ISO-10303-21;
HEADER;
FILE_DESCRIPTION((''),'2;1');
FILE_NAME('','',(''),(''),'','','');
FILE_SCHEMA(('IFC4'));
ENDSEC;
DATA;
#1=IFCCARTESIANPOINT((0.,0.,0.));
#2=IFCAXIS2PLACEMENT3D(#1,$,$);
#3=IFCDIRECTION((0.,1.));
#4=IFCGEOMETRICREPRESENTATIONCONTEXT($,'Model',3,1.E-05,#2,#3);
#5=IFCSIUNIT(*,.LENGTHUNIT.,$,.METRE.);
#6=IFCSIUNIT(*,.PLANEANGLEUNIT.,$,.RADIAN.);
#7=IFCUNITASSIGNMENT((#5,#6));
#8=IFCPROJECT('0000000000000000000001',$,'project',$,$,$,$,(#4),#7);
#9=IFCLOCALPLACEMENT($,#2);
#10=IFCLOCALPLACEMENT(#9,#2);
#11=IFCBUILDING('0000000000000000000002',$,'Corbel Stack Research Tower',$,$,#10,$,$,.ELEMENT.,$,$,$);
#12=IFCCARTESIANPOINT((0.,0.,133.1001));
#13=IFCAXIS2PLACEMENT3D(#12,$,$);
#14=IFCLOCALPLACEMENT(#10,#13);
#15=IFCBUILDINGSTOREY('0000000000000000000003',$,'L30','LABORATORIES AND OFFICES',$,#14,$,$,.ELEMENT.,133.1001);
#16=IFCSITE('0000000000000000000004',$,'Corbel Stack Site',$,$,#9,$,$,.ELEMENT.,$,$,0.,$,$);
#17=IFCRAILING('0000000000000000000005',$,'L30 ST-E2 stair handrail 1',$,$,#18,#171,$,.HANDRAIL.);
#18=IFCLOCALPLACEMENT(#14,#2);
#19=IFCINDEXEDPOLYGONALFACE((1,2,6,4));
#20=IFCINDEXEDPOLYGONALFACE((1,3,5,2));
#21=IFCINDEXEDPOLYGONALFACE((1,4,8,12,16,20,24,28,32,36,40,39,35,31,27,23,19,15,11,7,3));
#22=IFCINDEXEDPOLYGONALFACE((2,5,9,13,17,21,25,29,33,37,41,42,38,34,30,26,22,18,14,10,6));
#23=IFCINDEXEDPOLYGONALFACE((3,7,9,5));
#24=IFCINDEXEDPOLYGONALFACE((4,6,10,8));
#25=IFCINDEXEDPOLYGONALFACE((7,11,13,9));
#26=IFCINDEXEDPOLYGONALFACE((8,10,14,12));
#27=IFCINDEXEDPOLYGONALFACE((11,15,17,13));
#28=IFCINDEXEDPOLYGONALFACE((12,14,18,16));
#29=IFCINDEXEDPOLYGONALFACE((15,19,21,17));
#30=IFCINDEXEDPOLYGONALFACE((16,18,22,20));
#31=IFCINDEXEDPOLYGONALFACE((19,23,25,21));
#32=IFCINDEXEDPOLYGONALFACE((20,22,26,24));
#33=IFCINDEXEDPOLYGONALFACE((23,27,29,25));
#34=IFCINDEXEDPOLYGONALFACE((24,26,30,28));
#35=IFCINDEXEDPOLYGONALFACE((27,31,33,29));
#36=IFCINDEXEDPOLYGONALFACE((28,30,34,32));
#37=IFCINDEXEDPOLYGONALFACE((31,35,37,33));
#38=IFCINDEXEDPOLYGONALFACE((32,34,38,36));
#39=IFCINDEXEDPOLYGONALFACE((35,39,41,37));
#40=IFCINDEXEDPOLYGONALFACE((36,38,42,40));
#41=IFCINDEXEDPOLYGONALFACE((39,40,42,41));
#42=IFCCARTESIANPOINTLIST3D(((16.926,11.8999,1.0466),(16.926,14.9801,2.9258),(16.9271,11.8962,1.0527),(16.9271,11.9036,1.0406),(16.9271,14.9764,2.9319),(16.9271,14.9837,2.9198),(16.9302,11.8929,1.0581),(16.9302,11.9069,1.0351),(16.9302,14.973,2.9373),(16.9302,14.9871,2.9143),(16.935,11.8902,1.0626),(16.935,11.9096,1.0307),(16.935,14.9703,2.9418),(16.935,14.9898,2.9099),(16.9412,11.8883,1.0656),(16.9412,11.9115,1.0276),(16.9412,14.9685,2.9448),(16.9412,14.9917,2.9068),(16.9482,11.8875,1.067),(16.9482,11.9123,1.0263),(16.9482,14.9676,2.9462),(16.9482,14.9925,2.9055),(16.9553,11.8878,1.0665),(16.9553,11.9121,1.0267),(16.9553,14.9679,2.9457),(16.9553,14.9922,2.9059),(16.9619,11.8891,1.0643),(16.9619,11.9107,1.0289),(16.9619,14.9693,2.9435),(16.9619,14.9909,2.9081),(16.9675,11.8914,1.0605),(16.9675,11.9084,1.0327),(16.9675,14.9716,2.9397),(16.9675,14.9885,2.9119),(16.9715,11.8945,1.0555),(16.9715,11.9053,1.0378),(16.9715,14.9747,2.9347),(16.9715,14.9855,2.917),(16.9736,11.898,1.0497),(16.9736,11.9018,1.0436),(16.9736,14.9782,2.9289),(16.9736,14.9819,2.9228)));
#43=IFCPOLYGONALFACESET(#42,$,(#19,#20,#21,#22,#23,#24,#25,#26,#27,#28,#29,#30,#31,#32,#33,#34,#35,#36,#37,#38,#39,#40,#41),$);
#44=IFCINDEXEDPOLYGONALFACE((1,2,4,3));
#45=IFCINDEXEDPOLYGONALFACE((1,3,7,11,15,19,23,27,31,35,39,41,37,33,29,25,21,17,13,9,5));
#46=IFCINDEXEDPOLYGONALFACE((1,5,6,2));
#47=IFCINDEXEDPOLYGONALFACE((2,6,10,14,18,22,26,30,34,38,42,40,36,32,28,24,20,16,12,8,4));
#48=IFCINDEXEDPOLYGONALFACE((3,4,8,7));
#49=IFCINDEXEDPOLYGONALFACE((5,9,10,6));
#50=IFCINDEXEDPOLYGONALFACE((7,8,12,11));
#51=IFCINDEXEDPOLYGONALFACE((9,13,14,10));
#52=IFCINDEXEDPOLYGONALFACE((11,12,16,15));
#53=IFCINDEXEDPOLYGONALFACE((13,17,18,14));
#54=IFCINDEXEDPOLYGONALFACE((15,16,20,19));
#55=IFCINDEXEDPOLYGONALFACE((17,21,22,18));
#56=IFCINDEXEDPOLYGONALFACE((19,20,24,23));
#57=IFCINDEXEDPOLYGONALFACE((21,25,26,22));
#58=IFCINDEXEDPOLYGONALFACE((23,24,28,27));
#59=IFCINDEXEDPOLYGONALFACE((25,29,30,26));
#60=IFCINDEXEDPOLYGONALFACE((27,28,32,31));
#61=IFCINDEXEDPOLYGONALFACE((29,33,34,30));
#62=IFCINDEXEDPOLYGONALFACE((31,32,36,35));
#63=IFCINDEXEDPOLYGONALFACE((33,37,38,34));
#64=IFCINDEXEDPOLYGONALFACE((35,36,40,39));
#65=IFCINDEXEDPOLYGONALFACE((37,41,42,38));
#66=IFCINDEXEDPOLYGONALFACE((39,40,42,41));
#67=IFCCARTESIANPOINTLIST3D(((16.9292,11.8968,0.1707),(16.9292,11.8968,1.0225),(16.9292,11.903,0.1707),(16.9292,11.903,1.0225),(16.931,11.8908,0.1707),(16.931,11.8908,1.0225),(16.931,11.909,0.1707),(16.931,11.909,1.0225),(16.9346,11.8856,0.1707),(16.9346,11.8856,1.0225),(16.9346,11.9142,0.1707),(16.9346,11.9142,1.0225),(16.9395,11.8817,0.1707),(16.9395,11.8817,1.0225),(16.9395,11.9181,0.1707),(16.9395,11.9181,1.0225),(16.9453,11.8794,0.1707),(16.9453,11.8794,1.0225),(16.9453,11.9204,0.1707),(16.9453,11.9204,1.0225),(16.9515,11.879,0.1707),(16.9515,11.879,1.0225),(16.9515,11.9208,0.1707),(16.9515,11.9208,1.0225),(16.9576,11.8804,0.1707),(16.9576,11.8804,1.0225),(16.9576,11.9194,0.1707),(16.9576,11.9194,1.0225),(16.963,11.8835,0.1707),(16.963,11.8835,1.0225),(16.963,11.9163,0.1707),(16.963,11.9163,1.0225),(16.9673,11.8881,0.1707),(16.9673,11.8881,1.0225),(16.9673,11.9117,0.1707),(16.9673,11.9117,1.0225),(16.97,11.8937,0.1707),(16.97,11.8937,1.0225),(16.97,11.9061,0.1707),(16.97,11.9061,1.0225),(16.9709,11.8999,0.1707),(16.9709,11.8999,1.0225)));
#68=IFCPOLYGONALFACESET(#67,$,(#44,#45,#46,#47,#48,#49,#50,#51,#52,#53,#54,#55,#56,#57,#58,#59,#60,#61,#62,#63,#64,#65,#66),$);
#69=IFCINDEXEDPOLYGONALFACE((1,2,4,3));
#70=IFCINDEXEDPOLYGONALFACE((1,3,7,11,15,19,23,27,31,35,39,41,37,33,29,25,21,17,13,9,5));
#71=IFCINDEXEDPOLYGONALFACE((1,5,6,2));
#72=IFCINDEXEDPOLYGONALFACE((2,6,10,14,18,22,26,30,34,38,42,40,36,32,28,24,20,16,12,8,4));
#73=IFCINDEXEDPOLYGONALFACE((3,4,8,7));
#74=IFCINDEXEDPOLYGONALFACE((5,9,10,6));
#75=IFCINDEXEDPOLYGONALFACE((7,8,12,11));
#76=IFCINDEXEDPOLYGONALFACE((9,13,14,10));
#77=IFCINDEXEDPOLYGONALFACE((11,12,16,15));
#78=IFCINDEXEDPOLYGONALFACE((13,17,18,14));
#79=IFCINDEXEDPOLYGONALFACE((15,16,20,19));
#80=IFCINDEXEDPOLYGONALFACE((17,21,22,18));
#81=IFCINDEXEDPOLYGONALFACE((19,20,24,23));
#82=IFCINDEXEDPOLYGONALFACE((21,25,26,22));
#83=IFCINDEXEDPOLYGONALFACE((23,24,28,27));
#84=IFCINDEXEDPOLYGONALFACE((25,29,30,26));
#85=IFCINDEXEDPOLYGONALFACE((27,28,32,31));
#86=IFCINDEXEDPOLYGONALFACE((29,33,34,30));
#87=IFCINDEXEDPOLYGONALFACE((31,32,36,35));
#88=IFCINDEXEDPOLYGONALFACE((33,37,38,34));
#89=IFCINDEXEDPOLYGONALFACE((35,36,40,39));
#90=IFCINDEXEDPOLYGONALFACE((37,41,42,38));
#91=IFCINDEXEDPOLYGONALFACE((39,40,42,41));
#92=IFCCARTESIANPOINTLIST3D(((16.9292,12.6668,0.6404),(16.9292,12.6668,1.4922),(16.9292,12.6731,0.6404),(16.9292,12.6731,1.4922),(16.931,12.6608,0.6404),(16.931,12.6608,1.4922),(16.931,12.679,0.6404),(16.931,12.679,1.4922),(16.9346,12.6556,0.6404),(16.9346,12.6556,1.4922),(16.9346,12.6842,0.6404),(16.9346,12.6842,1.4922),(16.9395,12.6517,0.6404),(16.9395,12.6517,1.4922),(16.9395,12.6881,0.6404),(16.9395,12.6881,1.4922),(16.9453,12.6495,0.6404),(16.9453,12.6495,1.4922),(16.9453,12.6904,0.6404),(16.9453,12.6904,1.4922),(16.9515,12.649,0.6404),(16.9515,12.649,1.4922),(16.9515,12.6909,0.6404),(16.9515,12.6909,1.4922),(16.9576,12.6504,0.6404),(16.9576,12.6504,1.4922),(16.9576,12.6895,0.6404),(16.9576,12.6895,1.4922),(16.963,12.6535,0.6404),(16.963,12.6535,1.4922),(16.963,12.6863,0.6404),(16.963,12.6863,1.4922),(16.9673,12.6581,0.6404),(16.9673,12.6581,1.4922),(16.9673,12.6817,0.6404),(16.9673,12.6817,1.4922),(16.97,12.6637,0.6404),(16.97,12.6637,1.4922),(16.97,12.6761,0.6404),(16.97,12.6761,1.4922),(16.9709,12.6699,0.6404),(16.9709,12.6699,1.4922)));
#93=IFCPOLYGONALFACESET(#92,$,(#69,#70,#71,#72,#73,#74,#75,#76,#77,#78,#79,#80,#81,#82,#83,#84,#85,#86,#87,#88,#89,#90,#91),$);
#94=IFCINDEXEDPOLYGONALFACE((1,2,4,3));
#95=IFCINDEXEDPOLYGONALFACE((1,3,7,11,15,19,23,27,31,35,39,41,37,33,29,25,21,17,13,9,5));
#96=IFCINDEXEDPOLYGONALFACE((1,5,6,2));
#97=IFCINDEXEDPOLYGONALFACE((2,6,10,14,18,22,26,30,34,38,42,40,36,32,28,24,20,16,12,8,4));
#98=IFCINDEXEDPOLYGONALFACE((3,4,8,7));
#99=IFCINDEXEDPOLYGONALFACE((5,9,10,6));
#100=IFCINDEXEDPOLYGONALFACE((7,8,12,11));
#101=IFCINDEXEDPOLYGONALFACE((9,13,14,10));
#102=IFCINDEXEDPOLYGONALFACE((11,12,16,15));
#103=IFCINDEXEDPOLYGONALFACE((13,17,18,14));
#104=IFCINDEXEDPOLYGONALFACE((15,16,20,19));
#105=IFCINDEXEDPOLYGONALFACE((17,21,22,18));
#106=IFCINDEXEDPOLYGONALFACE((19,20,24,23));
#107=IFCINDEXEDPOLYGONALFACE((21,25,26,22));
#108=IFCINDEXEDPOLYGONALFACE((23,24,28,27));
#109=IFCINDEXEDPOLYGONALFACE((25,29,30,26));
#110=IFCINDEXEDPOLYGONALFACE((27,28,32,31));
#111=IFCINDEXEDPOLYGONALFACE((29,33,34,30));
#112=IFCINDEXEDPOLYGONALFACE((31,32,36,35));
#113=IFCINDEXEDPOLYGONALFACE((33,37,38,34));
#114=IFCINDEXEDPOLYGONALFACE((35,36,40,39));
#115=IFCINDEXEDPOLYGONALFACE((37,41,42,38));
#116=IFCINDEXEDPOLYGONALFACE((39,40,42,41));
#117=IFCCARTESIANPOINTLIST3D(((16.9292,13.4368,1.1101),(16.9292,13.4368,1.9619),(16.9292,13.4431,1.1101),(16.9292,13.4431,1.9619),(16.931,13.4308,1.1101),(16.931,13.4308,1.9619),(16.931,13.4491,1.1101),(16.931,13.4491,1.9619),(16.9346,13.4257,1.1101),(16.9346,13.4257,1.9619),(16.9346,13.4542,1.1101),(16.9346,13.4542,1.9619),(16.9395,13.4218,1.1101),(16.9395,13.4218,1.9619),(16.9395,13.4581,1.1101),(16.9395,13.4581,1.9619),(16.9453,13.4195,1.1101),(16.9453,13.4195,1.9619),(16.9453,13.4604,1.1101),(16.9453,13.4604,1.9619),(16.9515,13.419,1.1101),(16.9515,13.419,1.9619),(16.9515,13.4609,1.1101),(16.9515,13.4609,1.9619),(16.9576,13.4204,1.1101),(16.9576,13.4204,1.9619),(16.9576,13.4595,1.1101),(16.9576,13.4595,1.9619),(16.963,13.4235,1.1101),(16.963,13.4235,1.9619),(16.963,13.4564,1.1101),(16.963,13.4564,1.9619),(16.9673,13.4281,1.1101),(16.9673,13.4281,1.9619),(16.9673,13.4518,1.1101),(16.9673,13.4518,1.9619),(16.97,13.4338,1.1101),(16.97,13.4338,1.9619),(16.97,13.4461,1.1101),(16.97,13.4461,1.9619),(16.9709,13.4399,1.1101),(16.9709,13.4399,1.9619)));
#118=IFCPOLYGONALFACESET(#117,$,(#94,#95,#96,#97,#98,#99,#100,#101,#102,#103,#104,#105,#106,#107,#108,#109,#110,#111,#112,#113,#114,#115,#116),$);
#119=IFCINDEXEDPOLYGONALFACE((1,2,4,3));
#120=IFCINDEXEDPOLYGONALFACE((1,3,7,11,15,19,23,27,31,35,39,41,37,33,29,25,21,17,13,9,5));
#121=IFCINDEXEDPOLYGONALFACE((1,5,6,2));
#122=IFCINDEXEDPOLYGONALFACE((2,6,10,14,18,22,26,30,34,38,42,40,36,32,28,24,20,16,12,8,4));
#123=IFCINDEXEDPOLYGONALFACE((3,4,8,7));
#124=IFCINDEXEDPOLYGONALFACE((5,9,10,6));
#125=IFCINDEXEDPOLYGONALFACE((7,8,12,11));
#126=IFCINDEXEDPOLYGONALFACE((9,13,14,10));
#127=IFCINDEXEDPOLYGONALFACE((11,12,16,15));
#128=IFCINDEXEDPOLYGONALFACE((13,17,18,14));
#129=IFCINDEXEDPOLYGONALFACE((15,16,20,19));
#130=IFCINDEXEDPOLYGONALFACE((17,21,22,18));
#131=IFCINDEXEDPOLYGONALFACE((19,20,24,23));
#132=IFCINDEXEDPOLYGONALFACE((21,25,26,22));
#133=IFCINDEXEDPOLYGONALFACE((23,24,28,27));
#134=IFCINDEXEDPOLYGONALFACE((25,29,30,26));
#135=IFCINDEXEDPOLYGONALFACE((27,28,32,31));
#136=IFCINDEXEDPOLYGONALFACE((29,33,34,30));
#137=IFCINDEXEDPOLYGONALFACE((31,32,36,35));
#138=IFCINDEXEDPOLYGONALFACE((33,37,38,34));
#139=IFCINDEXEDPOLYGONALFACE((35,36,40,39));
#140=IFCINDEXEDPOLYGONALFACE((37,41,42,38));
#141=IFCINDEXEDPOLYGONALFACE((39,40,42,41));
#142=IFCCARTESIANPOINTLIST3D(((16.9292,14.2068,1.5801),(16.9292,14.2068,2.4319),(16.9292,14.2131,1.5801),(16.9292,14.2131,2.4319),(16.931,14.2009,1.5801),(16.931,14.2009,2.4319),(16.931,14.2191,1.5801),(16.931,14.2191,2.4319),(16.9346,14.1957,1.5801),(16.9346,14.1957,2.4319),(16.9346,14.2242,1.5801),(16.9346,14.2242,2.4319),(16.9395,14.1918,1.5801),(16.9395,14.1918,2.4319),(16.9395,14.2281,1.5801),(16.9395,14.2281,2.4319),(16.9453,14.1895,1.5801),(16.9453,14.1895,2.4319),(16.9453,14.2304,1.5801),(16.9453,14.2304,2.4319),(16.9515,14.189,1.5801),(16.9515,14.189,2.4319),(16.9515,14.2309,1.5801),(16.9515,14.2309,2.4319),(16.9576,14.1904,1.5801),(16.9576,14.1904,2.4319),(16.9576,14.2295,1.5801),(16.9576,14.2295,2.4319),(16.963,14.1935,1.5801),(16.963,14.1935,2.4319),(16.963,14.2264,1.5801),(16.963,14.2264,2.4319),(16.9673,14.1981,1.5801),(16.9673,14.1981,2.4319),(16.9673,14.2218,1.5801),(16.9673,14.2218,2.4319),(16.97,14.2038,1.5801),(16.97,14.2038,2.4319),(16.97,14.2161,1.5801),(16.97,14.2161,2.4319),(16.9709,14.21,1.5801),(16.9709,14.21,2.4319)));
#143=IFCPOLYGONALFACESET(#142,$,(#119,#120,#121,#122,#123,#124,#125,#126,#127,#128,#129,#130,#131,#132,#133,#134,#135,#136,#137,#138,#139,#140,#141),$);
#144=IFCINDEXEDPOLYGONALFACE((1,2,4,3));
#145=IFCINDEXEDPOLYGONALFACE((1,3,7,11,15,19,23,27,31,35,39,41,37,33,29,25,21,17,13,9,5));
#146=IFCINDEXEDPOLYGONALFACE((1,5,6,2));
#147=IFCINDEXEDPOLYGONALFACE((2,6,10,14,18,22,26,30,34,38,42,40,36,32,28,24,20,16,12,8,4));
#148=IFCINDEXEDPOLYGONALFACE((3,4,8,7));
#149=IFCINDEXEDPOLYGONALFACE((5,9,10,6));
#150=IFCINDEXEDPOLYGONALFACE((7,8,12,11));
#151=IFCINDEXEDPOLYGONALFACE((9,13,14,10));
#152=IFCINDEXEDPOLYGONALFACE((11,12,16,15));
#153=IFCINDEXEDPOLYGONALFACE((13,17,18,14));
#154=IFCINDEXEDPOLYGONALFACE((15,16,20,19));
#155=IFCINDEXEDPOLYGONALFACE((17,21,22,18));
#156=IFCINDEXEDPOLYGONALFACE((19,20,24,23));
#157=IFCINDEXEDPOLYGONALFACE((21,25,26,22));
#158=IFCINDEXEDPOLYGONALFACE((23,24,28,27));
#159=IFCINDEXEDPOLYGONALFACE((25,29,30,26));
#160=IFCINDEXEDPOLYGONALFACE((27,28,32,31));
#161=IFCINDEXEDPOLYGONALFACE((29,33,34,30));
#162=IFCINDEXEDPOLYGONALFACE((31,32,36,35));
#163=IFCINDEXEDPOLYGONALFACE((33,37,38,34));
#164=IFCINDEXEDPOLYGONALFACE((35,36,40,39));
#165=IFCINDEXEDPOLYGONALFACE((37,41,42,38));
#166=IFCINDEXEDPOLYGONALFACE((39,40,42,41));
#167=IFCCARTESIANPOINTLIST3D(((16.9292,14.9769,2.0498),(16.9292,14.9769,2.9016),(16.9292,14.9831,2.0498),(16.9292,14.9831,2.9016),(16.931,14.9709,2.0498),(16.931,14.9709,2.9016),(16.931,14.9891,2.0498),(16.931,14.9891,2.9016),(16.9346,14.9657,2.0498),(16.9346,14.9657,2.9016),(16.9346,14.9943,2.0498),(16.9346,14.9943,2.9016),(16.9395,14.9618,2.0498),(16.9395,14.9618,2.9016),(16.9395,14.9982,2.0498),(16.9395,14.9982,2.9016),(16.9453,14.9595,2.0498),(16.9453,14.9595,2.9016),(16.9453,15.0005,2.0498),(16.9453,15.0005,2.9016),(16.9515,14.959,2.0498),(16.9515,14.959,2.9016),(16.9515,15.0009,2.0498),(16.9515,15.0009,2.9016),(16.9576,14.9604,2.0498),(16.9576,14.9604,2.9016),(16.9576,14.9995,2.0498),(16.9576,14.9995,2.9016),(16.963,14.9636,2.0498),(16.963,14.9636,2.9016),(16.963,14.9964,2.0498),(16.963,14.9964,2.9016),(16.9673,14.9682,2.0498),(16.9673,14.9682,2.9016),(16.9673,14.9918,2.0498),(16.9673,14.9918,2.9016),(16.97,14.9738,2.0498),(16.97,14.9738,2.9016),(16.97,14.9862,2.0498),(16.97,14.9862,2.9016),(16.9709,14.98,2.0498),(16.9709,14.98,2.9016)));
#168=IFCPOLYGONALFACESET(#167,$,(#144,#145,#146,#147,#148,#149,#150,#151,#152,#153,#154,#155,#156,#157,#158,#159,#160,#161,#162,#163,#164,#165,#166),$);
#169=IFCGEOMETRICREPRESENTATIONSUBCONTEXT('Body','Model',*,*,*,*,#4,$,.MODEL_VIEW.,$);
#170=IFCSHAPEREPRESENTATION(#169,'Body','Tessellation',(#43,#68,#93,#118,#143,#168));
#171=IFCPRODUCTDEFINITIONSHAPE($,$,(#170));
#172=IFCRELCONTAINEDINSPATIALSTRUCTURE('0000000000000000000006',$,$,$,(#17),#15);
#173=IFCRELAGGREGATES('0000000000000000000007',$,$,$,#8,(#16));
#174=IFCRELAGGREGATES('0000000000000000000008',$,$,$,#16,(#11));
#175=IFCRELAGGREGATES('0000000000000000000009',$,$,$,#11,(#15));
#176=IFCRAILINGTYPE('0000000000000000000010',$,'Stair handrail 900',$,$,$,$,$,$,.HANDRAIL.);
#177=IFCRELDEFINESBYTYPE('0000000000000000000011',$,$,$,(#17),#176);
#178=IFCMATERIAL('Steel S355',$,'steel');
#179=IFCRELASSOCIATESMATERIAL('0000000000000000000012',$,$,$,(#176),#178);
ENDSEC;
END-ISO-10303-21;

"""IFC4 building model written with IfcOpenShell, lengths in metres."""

from ifc_helpers import new_model, si_unit, direction, frame, origin, origin_2d, place, context, subcontext, project, spatial, circle, extrude, material, type_object, element, save


model = new_model("IFC4")

# Units and contexts
model_context = context("Model", 3, precision=1e-05, world=origin(), true_north=direction((0.0, 1.0)))
body_context = subcontext(model_context, "Body", "Model", "MODEL_VIEW")
ifc_project = project(units=[si_unit("LENGTHUNIT", "METRE"), si_unit("PLANEANGLEUNIT", "RADIAN")], contexts=[model_context])

# Site, building, storey
site_placement = place(None, origin())
site = spatial("IfcSite", under=ifc_project, at=site_placement, Name="Corbel Stack Site", CompositionType="ELEMENT", RefElevation=0.0)
building_placement = place(site_placement, origin())
building = spatial("IfcBuilding", under=site, at=building_placement, Name="Corbel Stack Research Tower", CompositionType="ELEMENT")
storey_placement = place(building_placement, frame((0.0, 0.0, 133.1001)))
storey = spatial("IfcBuildingStorey", under=building, at=storey_placement, Name="L30", Description="LABORATORIES AND OFFICES", CompositionType="ELEMENT", Elevation=133.1001)

# Railing
ifc_material_1 = material(Name="Steel S355", Category="steel")
railing_type_1 = type_object("IfcRailingType", Name="Stair handrail 900", PredefinedType="HANDRAIL", material=ifc_material_1)
railing_1_placement = place(storey_placement, frame((16.95, 11.8999, 0.1707)))
element("IfcRailing", 1, at=railing_1_placement, inside=storey, type_object=railing_type_1, Name="L30 ST-E2 stair handrail 1", PredefinedType="HANDRAIL", context=body_context, shape_type="SweptSolid", body=[
    extrude(circle(Radius=0.0239, at=origin_2d()), frame((0.0, 0.0, 0.876), z_axis=(0.0, 0.853666, 0.52082), x_axis=(-1.0, 0.0, 0.0)), (0.0, 0.0, 1.0), 3.6082),
    extrude(circle(Radius=0.021, at=origin_2d()), origin(), (0.0, 0.0, 1.0), 0.8518),
    extrude(circle(Radius=0.021, at=origin_2d()), frame((0.0, 0.77, 0.4697)), (0.0, 0.0, 1.0), 0.8518),
    extrude(circle(Radius=0.021, at=origin_2d()), frame((0.0, 1.54, 0.9395)), (0.0, 0.0, 1.0), 0.8518),
    extrude(circle(Radius=0.021, at=origin_2d()), frame((0.0, 2.3101, 1.4094)), (0.0, 0.0, 1.0), 0.8518),
    extrude(circle(Radius=0.021, at=origin_2d()), frame((0.0, 3.0801, 1.8792)), (0.0, 0.0, 1.0), 0.8518),
])

save(model, "model.ifc")
